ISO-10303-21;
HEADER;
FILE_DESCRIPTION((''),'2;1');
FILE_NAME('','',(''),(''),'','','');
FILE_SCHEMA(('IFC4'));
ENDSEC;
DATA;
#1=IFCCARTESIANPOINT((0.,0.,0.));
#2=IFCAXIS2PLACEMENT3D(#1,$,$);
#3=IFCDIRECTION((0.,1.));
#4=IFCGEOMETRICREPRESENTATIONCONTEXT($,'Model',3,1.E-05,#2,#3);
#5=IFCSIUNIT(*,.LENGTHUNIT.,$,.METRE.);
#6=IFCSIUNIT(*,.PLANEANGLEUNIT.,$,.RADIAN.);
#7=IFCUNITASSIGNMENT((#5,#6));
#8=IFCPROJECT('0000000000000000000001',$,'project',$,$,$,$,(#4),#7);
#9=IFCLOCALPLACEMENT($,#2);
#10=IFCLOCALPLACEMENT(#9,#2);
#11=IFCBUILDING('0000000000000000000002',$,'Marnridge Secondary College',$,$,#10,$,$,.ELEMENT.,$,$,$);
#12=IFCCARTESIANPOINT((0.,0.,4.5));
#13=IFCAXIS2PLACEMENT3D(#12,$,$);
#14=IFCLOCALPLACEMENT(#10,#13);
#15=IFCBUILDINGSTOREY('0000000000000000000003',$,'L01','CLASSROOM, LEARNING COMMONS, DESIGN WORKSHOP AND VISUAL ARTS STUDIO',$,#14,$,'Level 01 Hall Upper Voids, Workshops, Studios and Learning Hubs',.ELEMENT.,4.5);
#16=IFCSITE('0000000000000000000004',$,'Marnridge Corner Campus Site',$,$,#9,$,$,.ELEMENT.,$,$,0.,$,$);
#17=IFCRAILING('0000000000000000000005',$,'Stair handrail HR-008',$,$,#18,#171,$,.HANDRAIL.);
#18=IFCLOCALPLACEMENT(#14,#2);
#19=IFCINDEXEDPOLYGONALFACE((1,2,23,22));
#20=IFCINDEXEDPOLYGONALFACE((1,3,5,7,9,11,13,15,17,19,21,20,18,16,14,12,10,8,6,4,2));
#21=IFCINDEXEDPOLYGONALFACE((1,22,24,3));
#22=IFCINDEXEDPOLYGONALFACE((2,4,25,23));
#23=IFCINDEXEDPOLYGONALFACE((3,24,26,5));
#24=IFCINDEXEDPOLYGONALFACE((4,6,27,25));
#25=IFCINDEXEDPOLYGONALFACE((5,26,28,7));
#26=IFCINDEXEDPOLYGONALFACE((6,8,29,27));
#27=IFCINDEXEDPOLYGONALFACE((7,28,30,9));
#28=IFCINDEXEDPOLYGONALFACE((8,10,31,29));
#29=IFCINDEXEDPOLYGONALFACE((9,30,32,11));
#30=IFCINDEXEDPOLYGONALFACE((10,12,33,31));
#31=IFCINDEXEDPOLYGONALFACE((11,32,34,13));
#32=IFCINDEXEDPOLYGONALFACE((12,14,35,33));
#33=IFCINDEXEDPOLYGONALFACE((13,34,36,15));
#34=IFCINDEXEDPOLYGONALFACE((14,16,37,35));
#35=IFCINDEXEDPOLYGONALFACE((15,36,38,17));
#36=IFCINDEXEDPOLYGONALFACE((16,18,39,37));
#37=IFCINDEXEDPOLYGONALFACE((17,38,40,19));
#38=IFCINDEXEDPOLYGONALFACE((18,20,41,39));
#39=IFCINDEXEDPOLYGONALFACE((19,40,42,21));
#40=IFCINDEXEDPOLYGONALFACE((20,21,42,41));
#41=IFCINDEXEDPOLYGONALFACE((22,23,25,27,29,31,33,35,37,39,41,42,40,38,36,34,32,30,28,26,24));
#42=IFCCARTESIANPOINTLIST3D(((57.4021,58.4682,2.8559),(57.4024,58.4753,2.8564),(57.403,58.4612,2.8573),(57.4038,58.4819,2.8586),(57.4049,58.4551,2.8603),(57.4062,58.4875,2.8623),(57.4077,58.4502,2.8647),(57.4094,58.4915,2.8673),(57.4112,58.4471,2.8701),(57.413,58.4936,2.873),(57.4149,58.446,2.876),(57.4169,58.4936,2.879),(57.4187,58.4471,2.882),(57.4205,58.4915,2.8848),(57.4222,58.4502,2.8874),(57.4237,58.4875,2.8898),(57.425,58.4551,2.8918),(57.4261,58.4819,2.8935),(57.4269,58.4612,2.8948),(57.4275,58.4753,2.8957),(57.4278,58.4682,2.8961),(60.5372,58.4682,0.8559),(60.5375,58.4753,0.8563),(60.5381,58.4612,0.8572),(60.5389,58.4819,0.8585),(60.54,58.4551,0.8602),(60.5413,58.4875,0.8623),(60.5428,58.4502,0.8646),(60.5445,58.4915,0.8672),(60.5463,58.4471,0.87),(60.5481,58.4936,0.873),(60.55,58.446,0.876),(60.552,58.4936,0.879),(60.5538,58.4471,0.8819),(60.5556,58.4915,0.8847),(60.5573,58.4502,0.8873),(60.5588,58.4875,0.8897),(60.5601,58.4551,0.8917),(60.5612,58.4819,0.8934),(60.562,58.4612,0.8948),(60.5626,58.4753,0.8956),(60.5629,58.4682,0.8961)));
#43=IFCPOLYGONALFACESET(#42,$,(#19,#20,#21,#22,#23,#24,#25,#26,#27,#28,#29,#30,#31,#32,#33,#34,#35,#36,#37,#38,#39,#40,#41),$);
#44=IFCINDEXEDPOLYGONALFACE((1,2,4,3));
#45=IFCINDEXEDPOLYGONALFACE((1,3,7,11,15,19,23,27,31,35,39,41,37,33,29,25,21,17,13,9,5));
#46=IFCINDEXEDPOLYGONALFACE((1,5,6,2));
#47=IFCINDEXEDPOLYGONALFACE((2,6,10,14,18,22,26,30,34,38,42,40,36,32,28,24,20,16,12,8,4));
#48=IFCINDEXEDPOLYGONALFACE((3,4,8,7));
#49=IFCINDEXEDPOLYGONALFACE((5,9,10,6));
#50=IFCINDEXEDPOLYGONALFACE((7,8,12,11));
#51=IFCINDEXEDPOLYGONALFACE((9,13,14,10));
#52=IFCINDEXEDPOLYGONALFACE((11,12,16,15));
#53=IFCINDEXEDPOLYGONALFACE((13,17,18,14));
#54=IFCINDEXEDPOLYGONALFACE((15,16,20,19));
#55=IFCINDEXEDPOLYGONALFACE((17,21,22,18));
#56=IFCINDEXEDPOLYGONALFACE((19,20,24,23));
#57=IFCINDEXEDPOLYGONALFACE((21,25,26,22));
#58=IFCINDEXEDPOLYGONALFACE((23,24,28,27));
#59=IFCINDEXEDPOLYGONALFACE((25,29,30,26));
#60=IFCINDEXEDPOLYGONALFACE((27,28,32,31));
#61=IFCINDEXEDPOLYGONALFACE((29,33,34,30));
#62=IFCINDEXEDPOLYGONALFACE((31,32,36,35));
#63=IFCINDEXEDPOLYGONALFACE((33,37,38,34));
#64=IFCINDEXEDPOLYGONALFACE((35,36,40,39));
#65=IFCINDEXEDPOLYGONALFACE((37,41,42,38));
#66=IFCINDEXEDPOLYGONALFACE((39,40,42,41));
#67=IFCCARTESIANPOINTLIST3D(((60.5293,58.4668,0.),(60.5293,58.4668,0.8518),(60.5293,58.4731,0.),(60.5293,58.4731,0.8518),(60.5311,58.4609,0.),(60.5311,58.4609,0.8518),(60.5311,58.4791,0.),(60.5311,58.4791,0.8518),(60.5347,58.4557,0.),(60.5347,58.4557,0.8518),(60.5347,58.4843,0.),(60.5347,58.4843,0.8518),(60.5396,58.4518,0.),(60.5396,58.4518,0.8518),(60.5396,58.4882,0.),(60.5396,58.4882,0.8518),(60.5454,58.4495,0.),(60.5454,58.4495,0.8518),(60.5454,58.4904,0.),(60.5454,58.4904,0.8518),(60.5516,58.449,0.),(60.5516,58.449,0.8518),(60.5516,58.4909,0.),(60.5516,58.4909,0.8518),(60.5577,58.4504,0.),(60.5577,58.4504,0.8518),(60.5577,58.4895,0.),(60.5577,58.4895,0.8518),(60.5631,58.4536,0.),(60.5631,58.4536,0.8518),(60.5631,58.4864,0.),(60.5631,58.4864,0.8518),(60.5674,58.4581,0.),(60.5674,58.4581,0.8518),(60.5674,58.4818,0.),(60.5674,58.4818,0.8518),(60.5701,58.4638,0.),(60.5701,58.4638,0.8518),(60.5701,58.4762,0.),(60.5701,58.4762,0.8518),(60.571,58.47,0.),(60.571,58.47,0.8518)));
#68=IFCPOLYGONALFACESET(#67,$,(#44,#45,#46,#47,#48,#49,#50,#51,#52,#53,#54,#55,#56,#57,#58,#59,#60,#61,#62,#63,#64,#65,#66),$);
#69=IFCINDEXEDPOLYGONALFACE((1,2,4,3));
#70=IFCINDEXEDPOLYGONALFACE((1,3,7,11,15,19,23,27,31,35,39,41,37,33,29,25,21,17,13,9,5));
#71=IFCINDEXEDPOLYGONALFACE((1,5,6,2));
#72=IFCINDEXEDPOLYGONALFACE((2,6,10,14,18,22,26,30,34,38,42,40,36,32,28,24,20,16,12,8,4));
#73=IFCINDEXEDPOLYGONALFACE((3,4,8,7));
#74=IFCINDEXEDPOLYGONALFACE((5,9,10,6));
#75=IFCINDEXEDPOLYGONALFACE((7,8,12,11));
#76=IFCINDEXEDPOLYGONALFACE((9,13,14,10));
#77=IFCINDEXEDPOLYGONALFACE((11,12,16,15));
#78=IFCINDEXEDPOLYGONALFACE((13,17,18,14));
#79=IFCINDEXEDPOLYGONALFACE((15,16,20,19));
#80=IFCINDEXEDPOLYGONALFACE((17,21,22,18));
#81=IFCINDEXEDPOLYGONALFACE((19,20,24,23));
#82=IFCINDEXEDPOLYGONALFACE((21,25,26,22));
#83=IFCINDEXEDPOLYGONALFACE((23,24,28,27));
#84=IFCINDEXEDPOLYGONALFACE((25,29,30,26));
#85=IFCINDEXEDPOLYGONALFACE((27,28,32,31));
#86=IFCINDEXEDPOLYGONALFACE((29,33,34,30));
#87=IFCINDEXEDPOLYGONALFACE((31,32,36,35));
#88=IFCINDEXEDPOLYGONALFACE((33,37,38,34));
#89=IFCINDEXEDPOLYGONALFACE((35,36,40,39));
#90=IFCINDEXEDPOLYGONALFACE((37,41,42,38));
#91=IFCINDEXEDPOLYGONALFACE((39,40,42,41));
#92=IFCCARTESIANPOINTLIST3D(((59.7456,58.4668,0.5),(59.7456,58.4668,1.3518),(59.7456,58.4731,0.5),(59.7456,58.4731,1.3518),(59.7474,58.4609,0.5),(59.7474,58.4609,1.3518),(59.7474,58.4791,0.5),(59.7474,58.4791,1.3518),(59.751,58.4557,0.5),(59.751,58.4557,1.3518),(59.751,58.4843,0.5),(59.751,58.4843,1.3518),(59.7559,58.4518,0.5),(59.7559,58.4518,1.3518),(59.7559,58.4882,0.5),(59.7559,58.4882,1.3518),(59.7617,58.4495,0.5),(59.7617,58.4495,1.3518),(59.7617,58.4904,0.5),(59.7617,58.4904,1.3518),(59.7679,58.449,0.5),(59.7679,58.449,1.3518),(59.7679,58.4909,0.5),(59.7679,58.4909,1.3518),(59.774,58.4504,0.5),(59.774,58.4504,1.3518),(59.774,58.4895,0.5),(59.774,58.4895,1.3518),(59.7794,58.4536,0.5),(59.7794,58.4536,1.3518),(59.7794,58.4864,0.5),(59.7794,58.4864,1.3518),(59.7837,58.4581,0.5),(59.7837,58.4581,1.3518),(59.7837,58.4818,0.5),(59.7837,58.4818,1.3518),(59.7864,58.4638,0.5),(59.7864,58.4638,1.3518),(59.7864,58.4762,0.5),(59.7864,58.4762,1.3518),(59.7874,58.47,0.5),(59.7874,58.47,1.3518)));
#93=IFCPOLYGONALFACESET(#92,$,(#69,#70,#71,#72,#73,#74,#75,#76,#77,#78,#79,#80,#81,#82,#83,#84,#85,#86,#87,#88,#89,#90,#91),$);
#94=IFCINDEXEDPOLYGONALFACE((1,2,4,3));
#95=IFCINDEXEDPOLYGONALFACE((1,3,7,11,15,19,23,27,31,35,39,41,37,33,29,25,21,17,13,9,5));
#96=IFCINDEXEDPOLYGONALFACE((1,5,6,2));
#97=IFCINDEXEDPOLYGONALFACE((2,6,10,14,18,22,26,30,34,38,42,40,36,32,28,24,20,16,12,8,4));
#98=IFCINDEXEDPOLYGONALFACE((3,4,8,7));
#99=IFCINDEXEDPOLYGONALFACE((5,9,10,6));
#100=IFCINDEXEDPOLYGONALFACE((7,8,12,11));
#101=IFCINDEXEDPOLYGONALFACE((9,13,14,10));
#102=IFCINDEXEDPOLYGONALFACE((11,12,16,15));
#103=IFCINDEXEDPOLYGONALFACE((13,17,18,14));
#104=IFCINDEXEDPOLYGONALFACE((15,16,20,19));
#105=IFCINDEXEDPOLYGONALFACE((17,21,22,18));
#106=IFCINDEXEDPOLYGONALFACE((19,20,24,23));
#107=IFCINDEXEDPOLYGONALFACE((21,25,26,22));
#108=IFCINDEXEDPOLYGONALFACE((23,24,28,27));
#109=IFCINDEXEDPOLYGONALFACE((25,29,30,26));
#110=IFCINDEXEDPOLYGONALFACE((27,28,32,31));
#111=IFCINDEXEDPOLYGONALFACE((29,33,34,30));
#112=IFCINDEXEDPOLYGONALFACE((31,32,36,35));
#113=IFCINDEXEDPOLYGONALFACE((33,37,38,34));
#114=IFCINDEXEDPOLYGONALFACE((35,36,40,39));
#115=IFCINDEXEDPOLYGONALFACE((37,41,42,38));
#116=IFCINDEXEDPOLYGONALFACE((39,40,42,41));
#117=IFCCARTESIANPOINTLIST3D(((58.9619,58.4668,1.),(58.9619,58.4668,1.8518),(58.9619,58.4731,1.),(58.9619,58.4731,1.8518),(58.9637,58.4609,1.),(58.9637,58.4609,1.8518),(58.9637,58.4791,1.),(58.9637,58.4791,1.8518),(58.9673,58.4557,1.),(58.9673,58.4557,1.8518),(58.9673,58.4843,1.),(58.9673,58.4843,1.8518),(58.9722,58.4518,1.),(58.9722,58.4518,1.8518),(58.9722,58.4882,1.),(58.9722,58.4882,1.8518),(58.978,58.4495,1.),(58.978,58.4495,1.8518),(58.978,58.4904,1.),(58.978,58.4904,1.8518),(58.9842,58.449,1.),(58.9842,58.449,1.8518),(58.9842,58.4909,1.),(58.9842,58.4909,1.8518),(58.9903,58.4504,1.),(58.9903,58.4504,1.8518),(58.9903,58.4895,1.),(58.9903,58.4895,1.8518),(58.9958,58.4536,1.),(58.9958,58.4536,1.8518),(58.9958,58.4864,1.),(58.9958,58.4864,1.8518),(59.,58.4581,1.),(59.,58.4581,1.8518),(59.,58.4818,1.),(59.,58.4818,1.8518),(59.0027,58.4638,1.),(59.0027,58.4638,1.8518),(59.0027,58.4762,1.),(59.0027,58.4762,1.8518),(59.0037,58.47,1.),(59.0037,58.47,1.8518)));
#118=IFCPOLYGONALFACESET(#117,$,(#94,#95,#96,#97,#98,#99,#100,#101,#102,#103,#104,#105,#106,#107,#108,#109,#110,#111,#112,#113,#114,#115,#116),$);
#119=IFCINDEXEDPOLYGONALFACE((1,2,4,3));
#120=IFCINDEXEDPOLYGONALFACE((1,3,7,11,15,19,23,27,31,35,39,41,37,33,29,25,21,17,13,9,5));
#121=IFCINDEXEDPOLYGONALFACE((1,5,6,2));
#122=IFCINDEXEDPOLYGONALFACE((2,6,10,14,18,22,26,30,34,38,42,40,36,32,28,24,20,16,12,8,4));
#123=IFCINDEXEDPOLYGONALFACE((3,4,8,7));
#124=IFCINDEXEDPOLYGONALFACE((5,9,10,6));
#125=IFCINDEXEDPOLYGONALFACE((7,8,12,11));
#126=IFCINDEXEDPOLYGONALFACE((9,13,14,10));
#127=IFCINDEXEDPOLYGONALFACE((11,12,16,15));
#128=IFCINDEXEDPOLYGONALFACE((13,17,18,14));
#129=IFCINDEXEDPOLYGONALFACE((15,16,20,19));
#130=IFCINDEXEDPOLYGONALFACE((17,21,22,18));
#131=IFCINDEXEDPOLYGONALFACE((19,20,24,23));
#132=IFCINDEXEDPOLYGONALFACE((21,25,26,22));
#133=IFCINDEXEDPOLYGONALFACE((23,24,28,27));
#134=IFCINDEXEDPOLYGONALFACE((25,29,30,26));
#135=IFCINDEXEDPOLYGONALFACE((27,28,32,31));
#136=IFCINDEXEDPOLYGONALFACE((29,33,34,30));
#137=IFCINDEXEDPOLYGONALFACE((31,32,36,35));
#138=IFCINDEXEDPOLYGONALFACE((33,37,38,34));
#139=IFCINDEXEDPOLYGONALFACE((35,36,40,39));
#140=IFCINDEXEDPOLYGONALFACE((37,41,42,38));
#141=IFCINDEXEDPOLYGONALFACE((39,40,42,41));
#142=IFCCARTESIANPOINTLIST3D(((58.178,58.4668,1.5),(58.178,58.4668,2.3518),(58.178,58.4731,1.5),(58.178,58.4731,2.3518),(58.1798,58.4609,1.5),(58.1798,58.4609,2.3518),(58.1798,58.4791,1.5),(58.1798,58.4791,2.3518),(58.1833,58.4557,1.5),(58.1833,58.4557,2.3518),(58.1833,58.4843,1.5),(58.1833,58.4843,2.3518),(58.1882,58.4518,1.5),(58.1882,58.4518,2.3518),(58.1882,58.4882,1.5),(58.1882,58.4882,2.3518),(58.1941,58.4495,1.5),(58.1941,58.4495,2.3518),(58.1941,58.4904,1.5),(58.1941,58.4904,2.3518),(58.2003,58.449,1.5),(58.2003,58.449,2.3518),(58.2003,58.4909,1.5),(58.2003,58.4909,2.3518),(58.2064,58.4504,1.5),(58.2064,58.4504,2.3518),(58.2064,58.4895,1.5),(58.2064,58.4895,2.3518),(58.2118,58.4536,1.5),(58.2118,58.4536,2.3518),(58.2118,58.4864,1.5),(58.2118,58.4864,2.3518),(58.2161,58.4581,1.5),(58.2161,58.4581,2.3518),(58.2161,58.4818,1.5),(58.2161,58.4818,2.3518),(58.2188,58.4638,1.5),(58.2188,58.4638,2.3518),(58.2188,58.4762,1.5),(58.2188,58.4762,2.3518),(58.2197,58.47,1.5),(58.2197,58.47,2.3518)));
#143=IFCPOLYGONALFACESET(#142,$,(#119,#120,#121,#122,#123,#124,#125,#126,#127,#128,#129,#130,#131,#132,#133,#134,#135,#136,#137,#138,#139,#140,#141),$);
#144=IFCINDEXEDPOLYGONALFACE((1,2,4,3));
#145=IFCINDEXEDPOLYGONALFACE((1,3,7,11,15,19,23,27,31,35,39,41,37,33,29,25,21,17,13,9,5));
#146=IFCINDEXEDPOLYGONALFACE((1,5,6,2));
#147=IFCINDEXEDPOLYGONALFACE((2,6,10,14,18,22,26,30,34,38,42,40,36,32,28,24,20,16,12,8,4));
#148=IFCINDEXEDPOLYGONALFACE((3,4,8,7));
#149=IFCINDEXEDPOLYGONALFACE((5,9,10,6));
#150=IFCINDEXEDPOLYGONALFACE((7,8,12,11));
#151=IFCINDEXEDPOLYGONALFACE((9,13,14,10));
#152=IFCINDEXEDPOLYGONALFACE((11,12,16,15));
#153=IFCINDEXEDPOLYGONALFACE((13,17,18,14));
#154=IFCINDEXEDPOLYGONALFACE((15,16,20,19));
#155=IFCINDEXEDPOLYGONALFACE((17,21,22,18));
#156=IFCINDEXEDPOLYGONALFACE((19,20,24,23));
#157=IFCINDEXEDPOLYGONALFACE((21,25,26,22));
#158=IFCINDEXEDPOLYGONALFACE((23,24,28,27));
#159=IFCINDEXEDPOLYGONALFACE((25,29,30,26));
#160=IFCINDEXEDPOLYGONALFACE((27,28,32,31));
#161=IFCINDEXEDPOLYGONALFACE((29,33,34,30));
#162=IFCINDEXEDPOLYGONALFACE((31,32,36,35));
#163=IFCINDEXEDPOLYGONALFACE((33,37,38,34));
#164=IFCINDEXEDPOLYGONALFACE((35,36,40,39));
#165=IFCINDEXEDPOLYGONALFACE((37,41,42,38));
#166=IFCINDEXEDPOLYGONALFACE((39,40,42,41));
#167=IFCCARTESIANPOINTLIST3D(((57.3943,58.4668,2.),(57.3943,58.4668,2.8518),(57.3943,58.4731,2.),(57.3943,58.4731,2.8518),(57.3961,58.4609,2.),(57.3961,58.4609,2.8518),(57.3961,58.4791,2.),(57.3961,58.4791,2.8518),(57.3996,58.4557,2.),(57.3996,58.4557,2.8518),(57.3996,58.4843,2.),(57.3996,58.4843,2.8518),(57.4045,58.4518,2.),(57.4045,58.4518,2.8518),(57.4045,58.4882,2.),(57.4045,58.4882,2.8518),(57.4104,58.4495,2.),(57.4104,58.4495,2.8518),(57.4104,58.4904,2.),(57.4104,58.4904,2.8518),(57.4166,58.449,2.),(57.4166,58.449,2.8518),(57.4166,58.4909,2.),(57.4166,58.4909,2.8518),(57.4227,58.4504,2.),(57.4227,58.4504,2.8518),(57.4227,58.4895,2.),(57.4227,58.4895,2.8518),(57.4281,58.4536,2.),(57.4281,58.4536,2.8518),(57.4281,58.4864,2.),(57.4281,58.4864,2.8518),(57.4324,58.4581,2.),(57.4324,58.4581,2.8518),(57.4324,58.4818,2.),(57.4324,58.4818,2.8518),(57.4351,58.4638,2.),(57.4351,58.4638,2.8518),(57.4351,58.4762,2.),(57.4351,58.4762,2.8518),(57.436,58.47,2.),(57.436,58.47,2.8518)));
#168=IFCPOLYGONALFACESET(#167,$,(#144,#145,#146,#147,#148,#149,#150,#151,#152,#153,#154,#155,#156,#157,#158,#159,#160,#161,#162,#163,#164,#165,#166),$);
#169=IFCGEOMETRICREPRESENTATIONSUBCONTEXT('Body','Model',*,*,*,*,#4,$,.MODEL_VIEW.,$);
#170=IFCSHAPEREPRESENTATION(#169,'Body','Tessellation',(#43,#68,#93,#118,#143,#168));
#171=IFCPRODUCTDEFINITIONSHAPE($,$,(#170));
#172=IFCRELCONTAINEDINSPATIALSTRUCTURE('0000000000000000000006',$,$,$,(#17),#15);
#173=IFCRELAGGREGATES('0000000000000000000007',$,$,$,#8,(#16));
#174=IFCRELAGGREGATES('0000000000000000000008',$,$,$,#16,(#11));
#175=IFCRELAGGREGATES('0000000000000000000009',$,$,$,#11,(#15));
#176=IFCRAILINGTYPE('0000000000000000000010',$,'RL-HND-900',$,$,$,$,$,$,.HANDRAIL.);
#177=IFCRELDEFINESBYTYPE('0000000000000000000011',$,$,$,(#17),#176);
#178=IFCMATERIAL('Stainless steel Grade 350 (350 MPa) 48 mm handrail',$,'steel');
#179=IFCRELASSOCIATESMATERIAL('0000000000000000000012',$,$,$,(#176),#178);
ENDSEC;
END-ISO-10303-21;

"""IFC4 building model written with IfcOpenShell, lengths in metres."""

from ifc_helpers import new_model, si_unit, direction, frame, origin, origin_2d, place, context, subcontext, project, spatial, circle, extrude, material, type_object, element, save


model = new_model("IFC4")

# Units and contexts
model_context = context("Model", 3, precision=1e-05, world=origin(), true_north=direction((0.0, 1.0)))
body_context = subcontext(model_context, "Body", "Model", "MODEL_VIEW")
ifc_project = project(units=[si_unit("LENGTHUNIT", "METRE"), si_unit("PLANEANGLEUNIT", "RADIAN")], contexts=[model_context])

# Site, building, storey
site_placement = place(None, origin())
site = spatial("IfcSite", under=ifc_project, at=site_placement, Name="Marnridge Corner Campus Site", CompositionType="ELEMENT", RefElevation=0.0)
building_placement = place(site_placement, origin())
building = spatial("IfcBuilding", under=site, at=building_placement, Name="Marnridge Secondary College", CompositionType="ELEMENT")
storey_placement = place(building_placement, frame((0.0, 0.0, 4.5)))
storey = spatial("IfcBuildingStorey", under=building, at=storey_placement, Name="L01", Description="CLASSROOM, LEARNING COMMONS, DESIGN WORKSHOP AND VISUAL ARTS STUDIO", LongName="Level 01 Hall Upper Voids, Workshops, Studios and Learning Hubs", CompositionType="ELEMENT", Elevation=4.5)

# Railing
ifc_material_1 = material(Name="Stainless steel Grade 350 (350 MPa) 48 mm handrail", Category="steel")
railing_type_1 = type_object("IfcRailingType", Name="RL-HND-900", PredefinedType="HANDRAIL", material=ifc_material_1)
for number, where, name in (
    (1, (60.55, 58.47, 0.0), "Stair handrail HR-008"),
):
    element("IfcRailing", number, at=place(storey_placement, frame(where)), inside=storey, type_object=railing_type_1, Name=name, PredefinedType="HANDRAIL", context=body_context, shape_type="SweptSolid", body=[
        extrude(circle(Radius=0.0239, at=origin_2d()), frame((0.0, 0.0, 0.876), z_axis=(-0.843053, 0.0, 0.537831), x_axis=(0.0, -1.0, 0.0)), (0.0, 0.0, 1.0), 3.7188),
        extrude(circle(Radius=0.021, at=origin_2d()), origin(), (0.0, 0.0, 1.0), 0.8518),
        extrude(circle(Radius=0.021, at=origin_2d()), frame((-0.7837, 0.0, 0.5)), (0.0, 0.0, 1.0), 0.8518),
        extrude(circle(Radius=0.021, at=origin_2d()), frame((-1.5674, 0.0, 1.0)), (0.0, 0.0, 1.0), 0.8518),
        extrude(circle(Radius=0.021, at=origin_2d()), frame((-2.3513, 0.0, 1.5)), (0.0, 0.0, 1.0), 0.8518),
        extrude(circle(Radius=0.021, at=origin_2d()), frame((-3.135, 0.0, 2.0)), (0.0, 0.0, 1.0), 0.8518),
    ])

save(model, "model.ifc")
